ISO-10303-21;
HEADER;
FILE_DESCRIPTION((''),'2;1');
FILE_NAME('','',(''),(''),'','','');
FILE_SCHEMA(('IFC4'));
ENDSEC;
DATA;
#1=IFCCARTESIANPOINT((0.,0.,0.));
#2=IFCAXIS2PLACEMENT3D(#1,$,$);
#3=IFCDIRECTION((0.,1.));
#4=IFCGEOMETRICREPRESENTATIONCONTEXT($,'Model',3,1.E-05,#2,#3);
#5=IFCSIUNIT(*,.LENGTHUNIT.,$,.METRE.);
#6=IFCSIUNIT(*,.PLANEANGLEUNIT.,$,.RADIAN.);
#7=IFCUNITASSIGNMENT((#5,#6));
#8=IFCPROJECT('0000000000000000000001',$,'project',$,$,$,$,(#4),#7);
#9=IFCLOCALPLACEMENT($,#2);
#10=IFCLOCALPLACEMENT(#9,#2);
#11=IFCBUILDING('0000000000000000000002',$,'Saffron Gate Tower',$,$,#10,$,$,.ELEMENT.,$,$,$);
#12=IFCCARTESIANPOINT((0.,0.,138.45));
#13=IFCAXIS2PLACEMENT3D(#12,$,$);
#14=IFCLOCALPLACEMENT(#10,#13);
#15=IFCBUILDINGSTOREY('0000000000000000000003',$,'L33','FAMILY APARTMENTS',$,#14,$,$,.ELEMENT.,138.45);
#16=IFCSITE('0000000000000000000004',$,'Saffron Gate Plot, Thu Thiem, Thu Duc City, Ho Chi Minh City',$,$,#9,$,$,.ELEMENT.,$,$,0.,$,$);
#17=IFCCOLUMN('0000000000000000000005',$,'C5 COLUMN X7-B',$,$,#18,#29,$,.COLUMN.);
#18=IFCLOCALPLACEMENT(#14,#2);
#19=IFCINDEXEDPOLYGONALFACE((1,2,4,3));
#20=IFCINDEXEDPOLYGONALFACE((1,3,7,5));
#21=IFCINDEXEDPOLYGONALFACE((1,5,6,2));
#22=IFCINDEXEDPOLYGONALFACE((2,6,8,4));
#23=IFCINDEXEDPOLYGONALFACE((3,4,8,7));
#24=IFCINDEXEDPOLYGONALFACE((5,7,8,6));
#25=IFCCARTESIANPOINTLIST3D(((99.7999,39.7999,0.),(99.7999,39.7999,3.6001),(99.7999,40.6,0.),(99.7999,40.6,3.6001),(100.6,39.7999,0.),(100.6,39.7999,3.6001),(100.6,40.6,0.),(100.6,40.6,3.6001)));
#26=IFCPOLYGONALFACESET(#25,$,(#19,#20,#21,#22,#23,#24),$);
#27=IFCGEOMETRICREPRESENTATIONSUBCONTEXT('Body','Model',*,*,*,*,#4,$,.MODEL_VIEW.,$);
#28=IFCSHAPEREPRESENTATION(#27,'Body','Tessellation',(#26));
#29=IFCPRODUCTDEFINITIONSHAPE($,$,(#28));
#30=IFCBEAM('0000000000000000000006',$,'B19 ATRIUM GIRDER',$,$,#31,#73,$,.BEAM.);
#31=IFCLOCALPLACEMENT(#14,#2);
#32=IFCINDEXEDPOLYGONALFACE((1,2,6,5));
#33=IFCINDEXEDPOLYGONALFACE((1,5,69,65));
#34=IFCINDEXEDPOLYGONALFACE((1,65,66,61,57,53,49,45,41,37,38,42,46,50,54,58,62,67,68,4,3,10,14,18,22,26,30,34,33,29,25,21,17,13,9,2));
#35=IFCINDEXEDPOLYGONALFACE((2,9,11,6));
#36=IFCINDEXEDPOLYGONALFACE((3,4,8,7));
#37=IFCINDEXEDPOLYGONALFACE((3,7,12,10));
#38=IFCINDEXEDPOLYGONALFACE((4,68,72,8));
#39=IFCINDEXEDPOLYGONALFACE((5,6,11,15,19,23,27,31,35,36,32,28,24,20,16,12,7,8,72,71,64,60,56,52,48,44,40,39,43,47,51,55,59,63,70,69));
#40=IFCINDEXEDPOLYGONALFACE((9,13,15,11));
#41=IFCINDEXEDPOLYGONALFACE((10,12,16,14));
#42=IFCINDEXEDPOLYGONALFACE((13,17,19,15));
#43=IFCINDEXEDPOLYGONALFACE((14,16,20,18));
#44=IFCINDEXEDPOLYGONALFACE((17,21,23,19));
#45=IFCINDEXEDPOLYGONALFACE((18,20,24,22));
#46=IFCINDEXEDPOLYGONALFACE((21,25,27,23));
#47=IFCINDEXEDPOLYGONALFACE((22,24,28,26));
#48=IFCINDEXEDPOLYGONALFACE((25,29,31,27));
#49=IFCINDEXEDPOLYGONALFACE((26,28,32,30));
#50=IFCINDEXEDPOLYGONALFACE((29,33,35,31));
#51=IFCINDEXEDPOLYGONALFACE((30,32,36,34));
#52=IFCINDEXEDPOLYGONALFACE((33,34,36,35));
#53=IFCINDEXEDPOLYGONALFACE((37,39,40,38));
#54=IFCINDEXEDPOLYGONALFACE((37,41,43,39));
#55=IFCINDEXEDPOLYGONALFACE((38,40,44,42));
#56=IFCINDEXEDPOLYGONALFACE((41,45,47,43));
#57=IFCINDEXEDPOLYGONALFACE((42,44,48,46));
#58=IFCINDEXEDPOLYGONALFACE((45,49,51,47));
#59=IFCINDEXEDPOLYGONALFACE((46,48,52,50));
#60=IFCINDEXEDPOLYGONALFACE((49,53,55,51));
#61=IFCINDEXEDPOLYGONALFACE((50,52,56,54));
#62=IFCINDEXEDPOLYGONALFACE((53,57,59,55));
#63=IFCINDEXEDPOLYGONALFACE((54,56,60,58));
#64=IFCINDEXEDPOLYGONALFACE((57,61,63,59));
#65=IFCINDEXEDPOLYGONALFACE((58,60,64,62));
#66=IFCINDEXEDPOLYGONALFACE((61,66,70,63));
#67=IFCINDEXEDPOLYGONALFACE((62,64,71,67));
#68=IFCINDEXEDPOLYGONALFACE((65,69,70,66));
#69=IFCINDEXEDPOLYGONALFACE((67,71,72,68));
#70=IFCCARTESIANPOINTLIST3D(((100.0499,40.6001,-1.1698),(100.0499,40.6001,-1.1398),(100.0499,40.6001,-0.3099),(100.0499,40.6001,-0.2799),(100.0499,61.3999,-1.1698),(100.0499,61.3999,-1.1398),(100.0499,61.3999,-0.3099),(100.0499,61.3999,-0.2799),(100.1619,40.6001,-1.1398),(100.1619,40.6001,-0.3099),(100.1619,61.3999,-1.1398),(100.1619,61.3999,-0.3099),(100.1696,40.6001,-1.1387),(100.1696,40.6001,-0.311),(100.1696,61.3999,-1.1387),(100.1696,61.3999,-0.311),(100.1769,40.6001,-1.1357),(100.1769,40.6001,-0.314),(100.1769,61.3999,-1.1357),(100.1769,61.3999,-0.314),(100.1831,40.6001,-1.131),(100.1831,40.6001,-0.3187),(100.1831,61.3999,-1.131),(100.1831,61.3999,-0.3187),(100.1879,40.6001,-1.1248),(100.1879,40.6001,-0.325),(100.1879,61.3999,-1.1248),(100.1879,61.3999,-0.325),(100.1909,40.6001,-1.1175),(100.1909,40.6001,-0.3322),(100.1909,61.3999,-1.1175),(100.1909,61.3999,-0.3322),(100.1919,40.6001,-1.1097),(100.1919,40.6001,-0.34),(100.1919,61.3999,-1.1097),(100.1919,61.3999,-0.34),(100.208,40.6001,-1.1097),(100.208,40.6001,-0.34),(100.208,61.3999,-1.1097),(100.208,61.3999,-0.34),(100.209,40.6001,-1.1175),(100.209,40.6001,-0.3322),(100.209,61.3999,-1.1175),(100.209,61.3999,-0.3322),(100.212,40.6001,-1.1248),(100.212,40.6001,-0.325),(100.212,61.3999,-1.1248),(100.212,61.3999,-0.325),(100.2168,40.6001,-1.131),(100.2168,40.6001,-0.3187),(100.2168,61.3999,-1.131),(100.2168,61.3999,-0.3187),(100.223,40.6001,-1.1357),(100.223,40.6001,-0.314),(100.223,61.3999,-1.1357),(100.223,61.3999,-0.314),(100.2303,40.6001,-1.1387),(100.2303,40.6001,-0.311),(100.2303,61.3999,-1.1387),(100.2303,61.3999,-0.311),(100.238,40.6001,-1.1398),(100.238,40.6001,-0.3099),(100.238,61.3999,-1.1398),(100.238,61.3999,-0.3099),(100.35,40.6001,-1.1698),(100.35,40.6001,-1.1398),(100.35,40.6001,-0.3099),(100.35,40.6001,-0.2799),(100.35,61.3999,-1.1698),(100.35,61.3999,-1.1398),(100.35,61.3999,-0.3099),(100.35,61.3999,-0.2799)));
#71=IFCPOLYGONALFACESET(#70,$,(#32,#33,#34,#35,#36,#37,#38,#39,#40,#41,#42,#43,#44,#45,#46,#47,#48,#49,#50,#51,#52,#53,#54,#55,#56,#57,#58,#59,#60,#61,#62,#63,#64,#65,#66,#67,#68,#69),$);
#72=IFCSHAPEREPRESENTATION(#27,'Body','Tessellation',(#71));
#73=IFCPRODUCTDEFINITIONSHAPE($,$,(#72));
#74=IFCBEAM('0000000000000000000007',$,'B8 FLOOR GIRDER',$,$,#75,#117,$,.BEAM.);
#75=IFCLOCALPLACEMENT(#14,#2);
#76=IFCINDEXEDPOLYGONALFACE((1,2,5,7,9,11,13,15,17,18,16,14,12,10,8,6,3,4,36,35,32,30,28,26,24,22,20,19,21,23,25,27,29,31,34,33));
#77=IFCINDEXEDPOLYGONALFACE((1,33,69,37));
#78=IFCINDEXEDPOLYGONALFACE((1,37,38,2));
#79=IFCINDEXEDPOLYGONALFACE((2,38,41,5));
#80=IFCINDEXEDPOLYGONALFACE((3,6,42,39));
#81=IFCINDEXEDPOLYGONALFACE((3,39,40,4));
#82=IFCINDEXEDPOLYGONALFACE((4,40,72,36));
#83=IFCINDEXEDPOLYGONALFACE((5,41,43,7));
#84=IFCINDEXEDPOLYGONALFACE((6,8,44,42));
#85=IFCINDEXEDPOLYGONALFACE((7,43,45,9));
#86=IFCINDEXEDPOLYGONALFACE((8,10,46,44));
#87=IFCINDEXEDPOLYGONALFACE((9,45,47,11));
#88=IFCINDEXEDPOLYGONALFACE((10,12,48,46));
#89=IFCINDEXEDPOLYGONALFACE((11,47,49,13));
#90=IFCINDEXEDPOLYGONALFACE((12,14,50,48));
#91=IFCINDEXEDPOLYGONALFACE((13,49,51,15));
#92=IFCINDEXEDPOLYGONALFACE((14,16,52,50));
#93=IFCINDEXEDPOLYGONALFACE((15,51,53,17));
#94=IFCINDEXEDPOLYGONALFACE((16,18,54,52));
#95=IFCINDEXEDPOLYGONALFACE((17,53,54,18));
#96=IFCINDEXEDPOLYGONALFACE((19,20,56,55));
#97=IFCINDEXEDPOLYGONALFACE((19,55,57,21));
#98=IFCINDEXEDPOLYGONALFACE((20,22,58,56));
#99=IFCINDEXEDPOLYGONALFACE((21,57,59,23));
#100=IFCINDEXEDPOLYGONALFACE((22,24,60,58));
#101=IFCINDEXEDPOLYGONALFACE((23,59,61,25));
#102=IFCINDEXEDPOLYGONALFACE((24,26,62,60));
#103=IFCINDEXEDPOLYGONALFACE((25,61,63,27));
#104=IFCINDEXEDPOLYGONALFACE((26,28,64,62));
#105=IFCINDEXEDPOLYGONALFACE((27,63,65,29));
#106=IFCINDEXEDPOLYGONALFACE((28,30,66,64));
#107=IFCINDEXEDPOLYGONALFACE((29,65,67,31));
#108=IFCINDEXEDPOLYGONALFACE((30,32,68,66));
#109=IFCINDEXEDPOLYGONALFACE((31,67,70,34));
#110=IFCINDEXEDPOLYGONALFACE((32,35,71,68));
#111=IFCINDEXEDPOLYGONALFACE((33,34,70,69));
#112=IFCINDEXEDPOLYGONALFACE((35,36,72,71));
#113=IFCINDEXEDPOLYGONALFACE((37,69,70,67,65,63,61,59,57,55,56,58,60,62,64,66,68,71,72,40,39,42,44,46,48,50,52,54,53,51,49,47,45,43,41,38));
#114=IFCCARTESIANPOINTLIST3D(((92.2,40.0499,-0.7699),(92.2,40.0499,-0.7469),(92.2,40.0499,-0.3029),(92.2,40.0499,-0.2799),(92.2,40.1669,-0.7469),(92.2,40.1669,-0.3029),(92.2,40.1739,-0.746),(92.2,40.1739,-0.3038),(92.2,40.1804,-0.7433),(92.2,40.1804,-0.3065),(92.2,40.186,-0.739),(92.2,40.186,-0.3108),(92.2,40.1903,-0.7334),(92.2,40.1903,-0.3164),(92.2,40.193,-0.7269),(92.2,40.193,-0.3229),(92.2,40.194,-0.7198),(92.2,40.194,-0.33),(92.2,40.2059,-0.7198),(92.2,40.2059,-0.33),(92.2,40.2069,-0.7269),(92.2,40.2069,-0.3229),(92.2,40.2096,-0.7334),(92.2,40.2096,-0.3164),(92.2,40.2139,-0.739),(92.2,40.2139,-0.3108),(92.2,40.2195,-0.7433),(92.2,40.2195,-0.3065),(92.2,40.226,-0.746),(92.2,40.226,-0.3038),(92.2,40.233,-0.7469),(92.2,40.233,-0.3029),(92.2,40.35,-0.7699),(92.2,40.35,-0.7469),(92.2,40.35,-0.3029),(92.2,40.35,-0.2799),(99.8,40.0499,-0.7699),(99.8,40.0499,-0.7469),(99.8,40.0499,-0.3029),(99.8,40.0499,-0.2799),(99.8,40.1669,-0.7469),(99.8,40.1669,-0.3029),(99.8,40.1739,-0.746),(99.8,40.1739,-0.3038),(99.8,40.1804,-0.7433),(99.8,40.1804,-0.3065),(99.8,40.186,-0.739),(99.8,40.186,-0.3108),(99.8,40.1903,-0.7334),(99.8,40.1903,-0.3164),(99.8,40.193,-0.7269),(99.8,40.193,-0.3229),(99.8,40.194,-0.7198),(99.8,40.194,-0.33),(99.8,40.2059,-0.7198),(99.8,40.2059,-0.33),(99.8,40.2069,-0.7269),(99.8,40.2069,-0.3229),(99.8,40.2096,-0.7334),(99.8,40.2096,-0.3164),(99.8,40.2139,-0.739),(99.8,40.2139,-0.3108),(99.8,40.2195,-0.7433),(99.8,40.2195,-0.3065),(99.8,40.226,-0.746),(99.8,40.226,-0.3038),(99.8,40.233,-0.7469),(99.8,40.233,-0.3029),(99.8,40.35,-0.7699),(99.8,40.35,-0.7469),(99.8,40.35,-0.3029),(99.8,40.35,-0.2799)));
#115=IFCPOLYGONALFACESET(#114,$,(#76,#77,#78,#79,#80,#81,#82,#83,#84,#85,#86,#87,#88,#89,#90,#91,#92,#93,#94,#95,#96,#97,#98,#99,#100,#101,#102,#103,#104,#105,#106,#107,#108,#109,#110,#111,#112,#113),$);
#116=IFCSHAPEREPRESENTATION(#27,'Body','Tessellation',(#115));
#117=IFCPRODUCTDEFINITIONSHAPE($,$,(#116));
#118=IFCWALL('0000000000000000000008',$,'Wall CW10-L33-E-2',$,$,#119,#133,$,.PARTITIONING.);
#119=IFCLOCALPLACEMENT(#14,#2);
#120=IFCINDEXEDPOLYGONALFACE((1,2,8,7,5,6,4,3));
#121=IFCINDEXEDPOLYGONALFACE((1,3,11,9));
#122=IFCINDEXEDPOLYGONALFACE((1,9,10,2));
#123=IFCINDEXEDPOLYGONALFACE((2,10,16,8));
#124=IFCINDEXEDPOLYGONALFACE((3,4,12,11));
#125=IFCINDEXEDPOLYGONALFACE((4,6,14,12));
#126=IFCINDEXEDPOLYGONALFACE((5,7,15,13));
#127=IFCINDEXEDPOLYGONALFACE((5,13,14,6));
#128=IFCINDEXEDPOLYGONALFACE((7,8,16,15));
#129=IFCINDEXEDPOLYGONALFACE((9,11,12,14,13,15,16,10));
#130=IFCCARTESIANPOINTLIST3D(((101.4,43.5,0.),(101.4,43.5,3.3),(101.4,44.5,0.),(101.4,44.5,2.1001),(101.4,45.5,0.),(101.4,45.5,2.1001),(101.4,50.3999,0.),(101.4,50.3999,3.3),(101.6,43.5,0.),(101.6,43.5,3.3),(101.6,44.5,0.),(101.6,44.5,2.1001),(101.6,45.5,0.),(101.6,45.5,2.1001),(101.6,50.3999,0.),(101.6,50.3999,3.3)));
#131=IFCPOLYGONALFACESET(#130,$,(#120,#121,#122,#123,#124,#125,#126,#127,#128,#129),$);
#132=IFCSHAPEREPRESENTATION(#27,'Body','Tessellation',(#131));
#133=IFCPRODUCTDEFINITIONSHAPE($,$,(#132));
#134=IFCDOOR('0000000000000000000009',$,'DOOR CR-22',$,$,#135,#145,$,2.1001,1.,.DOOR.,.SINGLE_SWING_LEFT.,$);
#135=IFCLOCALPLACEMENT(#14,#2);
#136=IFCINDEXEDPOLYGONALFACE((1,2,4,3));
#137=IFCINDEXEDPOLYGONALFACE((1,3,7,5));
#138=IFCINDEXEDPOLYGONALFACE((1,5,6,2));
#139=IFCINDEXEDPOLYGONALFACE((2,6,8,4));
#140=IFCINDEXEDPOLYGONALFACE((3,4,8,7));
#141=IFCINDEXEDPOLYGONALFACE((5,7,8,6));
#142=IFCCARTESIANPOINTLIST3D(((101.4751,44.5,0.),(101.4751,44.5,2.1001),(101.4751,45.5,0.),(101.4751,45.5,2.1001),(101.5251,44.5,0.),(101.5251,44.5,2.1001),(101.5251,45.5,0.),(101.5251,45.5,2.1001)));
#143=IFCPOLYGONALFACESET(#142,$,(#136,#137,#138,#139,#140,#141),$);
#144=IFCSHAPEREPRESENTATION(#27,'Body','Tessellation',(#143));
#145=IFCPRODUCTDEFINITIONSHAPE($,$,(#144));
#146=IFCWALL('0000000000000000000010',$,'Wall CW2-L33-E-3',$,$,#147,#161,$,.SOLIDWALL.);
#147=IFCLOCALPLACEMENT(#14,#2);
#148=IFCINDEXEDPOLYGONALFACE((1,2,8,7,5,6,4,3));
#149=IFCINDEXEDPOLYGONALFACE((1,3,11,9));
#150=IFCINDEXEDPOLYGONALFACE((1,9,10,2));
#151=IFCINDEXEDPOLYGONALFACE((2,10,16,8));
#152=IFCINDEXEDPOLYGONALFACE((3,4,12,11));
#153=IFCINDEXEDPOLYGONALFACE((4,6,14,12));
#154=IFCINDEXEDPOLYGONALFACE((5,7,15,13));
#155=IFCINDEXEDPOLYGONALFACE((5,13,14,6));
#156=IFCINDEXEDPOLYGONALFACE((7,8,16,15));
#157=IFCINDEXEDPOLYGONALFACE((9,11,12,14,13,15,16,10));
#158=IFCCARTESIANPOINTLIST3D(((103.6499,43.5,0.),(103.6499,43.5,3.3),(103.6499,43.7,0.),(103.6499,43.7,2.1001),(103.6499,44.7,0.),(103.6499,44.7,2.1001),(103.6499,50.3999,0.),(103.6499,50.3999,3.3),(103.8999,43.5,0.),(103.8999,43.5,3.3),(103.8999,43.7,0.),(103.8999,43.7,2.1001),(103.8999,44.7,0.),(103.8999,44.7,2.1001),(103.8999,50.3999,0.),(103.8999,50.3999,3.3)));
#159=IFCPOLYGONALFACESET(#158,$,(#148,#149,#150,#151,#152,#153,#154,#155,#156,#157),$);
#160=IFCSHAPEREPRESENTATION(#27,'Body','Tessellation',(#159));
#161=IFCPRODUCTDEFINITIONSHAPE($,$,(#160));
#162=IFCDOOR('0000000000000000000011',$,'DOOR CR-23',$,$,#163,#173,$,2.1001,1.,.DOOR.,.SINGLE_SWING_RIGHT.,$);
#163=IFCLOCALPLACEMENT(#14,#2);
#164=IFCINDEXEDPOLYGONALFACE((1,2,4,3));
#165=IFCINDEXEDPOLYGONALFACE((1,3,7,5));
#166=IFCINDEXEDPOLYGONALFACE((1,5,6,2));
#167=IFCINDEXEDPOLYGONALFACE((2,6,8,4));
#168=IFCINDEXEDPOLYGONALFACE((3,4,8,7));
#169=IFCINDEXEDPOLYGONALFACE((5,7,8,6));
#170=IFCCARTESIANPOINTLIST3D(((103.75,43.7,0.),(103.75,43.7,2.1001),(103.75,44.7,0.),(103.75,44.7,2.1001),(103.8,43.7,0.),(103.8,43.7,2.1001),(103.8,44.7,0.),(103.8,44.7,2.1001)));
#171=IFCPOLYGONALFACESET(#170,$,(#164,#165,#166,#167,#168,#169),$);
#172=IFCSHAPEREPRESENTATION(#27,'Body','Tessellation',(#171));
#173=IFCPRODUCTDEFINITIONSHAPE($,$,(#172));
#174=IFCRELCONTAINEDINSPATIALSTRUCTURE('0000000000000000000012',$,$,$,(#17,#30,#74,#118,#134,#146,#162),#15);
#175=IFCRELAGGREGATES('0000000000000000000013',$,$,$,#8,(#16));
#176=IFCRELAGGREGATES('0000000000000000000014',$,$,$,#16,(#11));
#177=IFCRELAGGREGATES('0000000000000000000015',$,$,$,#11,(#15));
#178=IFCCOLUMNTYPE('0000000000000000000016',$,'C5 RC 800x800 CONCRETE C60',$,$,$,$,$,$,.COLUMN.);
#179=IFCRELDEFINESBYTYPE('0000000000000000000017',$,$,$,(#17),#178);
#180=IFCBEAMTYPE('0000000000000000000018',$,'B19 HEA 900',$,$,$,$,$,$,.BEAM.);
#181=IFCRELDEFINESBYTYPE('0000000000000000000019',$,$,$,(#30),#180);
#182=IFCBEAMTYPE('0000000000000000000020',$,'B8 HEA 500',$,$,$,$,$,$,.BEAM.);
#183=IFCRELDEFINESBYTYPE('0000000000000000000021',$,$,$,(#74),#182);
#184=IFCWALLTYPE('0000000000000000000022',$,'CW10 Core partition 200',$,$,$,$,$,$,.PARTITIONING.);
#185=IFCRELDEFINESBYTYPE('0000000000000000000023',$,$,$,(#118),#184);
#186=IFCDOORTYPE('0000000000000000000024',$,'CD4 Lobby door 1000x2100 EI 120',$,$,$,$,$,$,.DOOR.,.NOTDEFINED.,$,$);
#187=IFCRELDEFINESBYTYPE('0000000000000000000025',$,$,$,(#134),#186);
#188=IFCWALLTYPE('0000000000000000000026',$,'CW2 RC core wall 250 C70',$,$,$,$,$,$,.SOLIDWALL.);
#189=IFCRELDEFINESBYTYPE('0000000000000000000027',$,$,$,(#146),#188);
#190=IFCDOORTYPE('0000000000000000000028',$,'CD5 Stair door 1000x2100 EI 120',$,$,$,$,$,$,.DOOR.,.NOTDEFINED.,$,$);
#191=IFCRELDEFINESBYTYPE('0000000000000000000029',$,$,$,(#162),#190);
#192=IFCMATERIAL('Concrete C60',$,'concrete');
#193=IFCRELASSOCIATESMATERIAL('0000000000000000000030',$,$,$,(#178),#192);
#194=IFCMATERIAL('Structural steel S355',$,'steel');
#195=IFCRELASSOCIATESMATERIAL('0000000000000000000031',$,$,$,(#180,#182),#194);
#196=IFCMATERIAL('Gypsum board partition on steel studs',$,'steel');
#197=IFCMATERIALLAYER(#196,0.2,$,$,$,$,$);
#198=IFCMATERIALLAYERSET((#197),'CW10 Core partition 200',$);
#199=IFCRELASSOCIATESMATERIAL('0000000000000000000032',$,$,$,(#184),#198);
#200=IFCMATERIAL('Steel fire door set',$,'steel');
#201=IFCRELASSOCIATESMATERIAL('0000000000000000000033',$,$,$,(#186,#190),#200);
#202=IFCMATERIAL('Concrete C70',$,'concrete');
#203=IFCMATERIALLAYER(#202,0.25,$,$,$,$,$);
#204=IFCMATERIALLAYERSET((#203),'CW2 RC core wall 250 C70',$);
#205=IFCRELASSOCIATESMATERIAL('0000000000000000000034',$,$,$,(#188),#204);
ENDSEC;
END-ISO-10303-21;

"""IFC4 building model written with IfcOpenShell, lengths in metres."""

from ifc_helpers import new_model, si_unit, direction, frame, frame_2d, origin, origin_2d, place, context, subcontext, project, spatial, rectangle, i_section, extrude, material, layer, layer_set, material_profile, profile_set, type_object, element, fill, save


model = new_model("IFC4")

# Units and contexts
model_context = context("Model", 3, precision=1e-05, world=origin(), true_north=direction((0.0, 1.0)))
body_context = subcontext(model_context, "Body", "Model", "MODEL_VIEW")
ifc_project = project(units=[si_unit("LENGTHUNIT", "METRE"), si_unit("PLANEANGLEUNIT", "RADIAN")], contexts=[model_context])

# Site, building, storey
site_placement = place(None, origin())
site = spatial("IfcSite", under=ifc_project, at=site_placement, Name="Saffron Gate Plot, Thu Thiem, Thu Duc City, Ho Chi Minh City", CompositionType="ELEMENT", RefElevation=0.0)
building_placement = place(site_placement, origin())
building = spatial("IfcBuilding", under=site, at=building_placement, Name="Saffron Gate Tower", CompositionType="ELEMENT")
storey_placement = place(building_placement, frame((0.0, 0.0, 138.45)))
storey = spatial("IfcBuildingStorey", under=building, at=storey_placement, Name="L33", Description="FAMILY APARTMENTS", CompositionType="ELEMENT", Elevation=138.45)

# Column
ifc_material_1 = material(Name="Concrete C60", Category="concrete")
ifc_material_profile_1 = material_profile(ifc_material_1, rectangle(XDim=0.8, YDim=0.8, at=origin_2d()))
ifc_profile_set_1 = profile_set([ifc_material_profile_1], Name="Concrete C60")
column_type = type_object("IfcColumnType", Name="C5 RC 800x800 CONCRETE C60", PredefinedType="COLUMN", material=ifc_profile_set_1)
column_placement = place(storey_placement, frame((100.2, 40.2, 0.0), z_axis=(0.0, 0.0, 1.0), x_axis=(1.0, 0.0, 0.0)))
element("IfcColumn", 1, at=column_placement, inside=storey, type_object=column_type, Name="C5 COLUMN X7-B", PredefinedType="COLUMN", context=body_context, shape_type="SweptSolid", body=[
    extrude(rectangle(XDim=0.8, YDim=0.8, at=origin_2d()), origin(), (0.0, 0.0, 1.0), 3.6001),
])

# Beams
ifc_material_2 = material(Name="Structural steel S355", Category="steel")
ifc_material_profile_2 = material_profile(ifc_material_2, i_section(OverallWidth=0.3, OverallDepth=0.8899, WebThickness=0.0161, FlangeThickness=0.03, FilletRadius=0.03, at=origin_2d()))
ifc_profile_set_2 = profile_set([ifc_material_profile_2], Name="Structural steel S355")
beam_type_1 = type_object("IfcBeamType", Name="B19 HEA 900", PredefinedType="BEAM", material=ifc_profile_set_2)
beam_1_placement = place(storey_placement, frame((100.2, 40.6001, -0.7249), z_axis=(0.0, 1.0, 0.0), x_axis=(-1.0, 0.0, 0.0)))
element("IfcBeam", 2, at=beam_1_placement, inside=storey, type_object=beam_type_1, Name="B19 ATRIUM GIRDER", PredefinedType="BEAM", context=body_context, shape_type="SweptSolid", body=[
    extrude(i_section(OverallWidth=0.3, OverallDepth=0.8899, WebThickness=0.0161, FlangeThickness=0.03, FilletRadius=0.03, at=origin_2d()), origin(), (0.0, 0.0, 1.0), 20.7998),
])
ifc_material_profile_3 = material_profile(ifc_material_2, i_section(OverallWidth=0.3, OverallDepth=0.49, WebThickness=0.012, FlangeThickness=0.0229, FilletRadius=0.0271, at=origin_2d()))
ifc_profile_set_3 = profile_set([ifc_material_profile_3], Name="Structural steel S355")
beam_type_2 = type_object("IfcBeamType", Name="B8 HEA 500", PredefinedType="BEAM", material=ifc_profile_set_3)
beam_2_placement = place(storey_placement, frame((92.2, 40.2, -0.5249), z_axis=(1.0, 0.0, 0.0), x_axis=(0.0, 1.0, 0.0)))
element("IfcBeam", 3, at=beam_2_placement, inside=storey, type_object=beam_type_2, Name="B8 FLOOR GIRDER", PredefinedType="BEAM", context=body_context, shape_type="SweptSolid", body=[
    extrude(i_section(OverallWidth=0.3, OverallDepth=0.49, WebThickness=0.012, FlangeThickness=0.0229, FilletRadius=0.0271, at=origin_2d()), origin(), (0.0, 0.0, 1.0), 7.6001),
])

# Walls, openings, doors
ifc_material_3 = material(Name="Gypsum board partition on steel studs", Category="steel")
ifc_layer_1 = layer(ifc_material_3, 0.2)
ifc_layer_set_1 = layer_set([ifc_layer_1], Name="CW10 Core partition 200")
wall_type_1 = type_object("IfcWallType", Name="CW10 Core partition 200", PredefinedType="PARTITIONING", material=ifc_layer_set_1)
wall_1_placement = place(storey_placement, frame((101.5, 43.5, 0.0), z_axis=(0.0, 0.0, 1.0), x_axis=(0.0, 1.0, 0.0)))
wall_1 = element("IfcWall", 4, at=wall_1_placement, inside=storey, type_object=wall_type_1, Name="Wall CW10-L33-E-2", PredefinedType="PARTITIONING", context=body_context, shape_type="SweptSolid", body=[
    extrude(rectangle(XDim=6.8999, YDim=0.2, at=frame_2d((3.45, 0.0))), origin(), (0.0, 0.0, 1.0), 3.3),
])
opening_1_placement = place(wall_1_placement, frame((1.0, 0.0, 0.0)))
opening_1 = element("IfcOpeningElement", 5, at=opening_1_placement, cuts=wall_1, PredefinedType="OPENING", context=body_context, shape_type="SweptSolid", body=[
    extrude(rectangle(XDim=1.0, YDim=2.1001, at=frame_2d((0.5, 1.05))), frame((0.0, 0.1099, 0.0), z_axis=(0.0, -1.0, 0.0), x_axis=(1.0, 0.0, 0.0)), (0.0, 0.0, 1.0), 0.22),
])
ifc_material_4 = material(Name="Steel fire door set", Category="steel")
door_type_1 = type_object("IfcDoorType", Name="CD4 Lobby door 1000x2100 EI 120", OperationType="NOTDEFINED", PredefinedType="DOOR", material=ifc_material_4)
door_1_placement = place(opening_1_placement, origin())
door_1 = element("IfcDoor", 6, at=door_1_placement, inside=storey, type_object=door_type_1, Name="DOOR CR-22", OperationType="SINGLE_SWING_LEFT", OverallHeight=2.1001, OverallWidth=1.0, PredefinedType="DOOR", context=body_context, shape_type="SweptSolid", body=[
    extrude(rectangle(XDim=1.0, YDim=2.1001, at=frame_2d((0.5, 1.05))), frame((0.0, 0.0249, 0.0), z_axis=(0.0, -1.0, 0.0), x_axis=(1.0, 0.0, 0.0)), (0.0, 0.0, 1.0), 0.05),
])
fill(opening_1, door_1)
ifc_material_5 = material(Name="Concrete C70", Category="concrete")
ifc_layer_2 = layer(ifc_material_5, 0.25)
ifc_layer_set_2 = layer_set([ifc_layer_2], Name="CW2 RC core wall 250 C70")
wall_type_2 = type_object("IfcWallType", Name="CW2 RC core wall 250 C70", PredefinedType="SOLIDWALL", material=ifc_layer_set_2)
wall_2_placement = place(storey_placement, frame((103.7749, 43.5, 0.0), z_axis=(0.0, 0.0, 1.0), x_axis=(0.0, 1.0, 0.0)))
wall_2 = element("IfcWall", 7, at=wall_2_placement, inside=storey, type_object=wall_type_2, Name="Wall CW2-L33-E-3", PredefinedType="SOLIDWALL", context=body_context, shape_type="SweptSolid", body=[
    extrude(rectangle(XDim=6.8999, YDim=0.25, at=frame_2d((3.45, 0.0))), origin(), (0.0, 0.0, 1.0), 3.3),
])
opening_2_placement = place(wall_2_placement, frame((0.2, 0.0, 0.0)))
opening_2 = element("IfcOpeningElement", 8, at=opening_2_placement, cuts=wall_2, PredefinedType="OPENING", context=body_context, shape_type="SweptSolid", body=[
    extrude(rectangle(XDim=1.0, YDim=2.1001, at=frame_2d((0.5, 1.05))), frame((0.0, 0.135, 0.0), z_axis=(0.0, -1.0, 0.0), x_axis=(1.0, 0.0, 0.0)), (0.0, 0.0, 1.0), 0.27),
])
door_type_2 = type_object("IfcDoorType", Name="CD5 Stair door 1000x2100 EI 120", OperationType="NOTDEFINED", PredefinedType="DOOR", material=ifc_material_4)
door_2_placement = place(opening_2_placement, origin())
door_2 = element("IfcDoor", 9, at=door_2_placement, inside=storey, type_object=door_type_2, Name="DOOR CR-23", OperationType="SINGLE_SWING_RIGHT", OverallHeight=2.1001, OverallWidth=1.0, PredefinedType="DOOR", context=body_context, shape_type="SweptSolid", body=[
    extrude(rectangle(XDim=1.0, YDim=2.1001, at=frame_2d((0.5, 1.05))), frame((0.0, 0.0249, 0.0), z_axis=(0.0, -1.0, 0.0), x_axis=(1.0, 0.0, 0.0)), (0.0, 0.0, 1.0), 0.05),
])
fill(opening_2, door_2)

save(model, "model.ifc")
